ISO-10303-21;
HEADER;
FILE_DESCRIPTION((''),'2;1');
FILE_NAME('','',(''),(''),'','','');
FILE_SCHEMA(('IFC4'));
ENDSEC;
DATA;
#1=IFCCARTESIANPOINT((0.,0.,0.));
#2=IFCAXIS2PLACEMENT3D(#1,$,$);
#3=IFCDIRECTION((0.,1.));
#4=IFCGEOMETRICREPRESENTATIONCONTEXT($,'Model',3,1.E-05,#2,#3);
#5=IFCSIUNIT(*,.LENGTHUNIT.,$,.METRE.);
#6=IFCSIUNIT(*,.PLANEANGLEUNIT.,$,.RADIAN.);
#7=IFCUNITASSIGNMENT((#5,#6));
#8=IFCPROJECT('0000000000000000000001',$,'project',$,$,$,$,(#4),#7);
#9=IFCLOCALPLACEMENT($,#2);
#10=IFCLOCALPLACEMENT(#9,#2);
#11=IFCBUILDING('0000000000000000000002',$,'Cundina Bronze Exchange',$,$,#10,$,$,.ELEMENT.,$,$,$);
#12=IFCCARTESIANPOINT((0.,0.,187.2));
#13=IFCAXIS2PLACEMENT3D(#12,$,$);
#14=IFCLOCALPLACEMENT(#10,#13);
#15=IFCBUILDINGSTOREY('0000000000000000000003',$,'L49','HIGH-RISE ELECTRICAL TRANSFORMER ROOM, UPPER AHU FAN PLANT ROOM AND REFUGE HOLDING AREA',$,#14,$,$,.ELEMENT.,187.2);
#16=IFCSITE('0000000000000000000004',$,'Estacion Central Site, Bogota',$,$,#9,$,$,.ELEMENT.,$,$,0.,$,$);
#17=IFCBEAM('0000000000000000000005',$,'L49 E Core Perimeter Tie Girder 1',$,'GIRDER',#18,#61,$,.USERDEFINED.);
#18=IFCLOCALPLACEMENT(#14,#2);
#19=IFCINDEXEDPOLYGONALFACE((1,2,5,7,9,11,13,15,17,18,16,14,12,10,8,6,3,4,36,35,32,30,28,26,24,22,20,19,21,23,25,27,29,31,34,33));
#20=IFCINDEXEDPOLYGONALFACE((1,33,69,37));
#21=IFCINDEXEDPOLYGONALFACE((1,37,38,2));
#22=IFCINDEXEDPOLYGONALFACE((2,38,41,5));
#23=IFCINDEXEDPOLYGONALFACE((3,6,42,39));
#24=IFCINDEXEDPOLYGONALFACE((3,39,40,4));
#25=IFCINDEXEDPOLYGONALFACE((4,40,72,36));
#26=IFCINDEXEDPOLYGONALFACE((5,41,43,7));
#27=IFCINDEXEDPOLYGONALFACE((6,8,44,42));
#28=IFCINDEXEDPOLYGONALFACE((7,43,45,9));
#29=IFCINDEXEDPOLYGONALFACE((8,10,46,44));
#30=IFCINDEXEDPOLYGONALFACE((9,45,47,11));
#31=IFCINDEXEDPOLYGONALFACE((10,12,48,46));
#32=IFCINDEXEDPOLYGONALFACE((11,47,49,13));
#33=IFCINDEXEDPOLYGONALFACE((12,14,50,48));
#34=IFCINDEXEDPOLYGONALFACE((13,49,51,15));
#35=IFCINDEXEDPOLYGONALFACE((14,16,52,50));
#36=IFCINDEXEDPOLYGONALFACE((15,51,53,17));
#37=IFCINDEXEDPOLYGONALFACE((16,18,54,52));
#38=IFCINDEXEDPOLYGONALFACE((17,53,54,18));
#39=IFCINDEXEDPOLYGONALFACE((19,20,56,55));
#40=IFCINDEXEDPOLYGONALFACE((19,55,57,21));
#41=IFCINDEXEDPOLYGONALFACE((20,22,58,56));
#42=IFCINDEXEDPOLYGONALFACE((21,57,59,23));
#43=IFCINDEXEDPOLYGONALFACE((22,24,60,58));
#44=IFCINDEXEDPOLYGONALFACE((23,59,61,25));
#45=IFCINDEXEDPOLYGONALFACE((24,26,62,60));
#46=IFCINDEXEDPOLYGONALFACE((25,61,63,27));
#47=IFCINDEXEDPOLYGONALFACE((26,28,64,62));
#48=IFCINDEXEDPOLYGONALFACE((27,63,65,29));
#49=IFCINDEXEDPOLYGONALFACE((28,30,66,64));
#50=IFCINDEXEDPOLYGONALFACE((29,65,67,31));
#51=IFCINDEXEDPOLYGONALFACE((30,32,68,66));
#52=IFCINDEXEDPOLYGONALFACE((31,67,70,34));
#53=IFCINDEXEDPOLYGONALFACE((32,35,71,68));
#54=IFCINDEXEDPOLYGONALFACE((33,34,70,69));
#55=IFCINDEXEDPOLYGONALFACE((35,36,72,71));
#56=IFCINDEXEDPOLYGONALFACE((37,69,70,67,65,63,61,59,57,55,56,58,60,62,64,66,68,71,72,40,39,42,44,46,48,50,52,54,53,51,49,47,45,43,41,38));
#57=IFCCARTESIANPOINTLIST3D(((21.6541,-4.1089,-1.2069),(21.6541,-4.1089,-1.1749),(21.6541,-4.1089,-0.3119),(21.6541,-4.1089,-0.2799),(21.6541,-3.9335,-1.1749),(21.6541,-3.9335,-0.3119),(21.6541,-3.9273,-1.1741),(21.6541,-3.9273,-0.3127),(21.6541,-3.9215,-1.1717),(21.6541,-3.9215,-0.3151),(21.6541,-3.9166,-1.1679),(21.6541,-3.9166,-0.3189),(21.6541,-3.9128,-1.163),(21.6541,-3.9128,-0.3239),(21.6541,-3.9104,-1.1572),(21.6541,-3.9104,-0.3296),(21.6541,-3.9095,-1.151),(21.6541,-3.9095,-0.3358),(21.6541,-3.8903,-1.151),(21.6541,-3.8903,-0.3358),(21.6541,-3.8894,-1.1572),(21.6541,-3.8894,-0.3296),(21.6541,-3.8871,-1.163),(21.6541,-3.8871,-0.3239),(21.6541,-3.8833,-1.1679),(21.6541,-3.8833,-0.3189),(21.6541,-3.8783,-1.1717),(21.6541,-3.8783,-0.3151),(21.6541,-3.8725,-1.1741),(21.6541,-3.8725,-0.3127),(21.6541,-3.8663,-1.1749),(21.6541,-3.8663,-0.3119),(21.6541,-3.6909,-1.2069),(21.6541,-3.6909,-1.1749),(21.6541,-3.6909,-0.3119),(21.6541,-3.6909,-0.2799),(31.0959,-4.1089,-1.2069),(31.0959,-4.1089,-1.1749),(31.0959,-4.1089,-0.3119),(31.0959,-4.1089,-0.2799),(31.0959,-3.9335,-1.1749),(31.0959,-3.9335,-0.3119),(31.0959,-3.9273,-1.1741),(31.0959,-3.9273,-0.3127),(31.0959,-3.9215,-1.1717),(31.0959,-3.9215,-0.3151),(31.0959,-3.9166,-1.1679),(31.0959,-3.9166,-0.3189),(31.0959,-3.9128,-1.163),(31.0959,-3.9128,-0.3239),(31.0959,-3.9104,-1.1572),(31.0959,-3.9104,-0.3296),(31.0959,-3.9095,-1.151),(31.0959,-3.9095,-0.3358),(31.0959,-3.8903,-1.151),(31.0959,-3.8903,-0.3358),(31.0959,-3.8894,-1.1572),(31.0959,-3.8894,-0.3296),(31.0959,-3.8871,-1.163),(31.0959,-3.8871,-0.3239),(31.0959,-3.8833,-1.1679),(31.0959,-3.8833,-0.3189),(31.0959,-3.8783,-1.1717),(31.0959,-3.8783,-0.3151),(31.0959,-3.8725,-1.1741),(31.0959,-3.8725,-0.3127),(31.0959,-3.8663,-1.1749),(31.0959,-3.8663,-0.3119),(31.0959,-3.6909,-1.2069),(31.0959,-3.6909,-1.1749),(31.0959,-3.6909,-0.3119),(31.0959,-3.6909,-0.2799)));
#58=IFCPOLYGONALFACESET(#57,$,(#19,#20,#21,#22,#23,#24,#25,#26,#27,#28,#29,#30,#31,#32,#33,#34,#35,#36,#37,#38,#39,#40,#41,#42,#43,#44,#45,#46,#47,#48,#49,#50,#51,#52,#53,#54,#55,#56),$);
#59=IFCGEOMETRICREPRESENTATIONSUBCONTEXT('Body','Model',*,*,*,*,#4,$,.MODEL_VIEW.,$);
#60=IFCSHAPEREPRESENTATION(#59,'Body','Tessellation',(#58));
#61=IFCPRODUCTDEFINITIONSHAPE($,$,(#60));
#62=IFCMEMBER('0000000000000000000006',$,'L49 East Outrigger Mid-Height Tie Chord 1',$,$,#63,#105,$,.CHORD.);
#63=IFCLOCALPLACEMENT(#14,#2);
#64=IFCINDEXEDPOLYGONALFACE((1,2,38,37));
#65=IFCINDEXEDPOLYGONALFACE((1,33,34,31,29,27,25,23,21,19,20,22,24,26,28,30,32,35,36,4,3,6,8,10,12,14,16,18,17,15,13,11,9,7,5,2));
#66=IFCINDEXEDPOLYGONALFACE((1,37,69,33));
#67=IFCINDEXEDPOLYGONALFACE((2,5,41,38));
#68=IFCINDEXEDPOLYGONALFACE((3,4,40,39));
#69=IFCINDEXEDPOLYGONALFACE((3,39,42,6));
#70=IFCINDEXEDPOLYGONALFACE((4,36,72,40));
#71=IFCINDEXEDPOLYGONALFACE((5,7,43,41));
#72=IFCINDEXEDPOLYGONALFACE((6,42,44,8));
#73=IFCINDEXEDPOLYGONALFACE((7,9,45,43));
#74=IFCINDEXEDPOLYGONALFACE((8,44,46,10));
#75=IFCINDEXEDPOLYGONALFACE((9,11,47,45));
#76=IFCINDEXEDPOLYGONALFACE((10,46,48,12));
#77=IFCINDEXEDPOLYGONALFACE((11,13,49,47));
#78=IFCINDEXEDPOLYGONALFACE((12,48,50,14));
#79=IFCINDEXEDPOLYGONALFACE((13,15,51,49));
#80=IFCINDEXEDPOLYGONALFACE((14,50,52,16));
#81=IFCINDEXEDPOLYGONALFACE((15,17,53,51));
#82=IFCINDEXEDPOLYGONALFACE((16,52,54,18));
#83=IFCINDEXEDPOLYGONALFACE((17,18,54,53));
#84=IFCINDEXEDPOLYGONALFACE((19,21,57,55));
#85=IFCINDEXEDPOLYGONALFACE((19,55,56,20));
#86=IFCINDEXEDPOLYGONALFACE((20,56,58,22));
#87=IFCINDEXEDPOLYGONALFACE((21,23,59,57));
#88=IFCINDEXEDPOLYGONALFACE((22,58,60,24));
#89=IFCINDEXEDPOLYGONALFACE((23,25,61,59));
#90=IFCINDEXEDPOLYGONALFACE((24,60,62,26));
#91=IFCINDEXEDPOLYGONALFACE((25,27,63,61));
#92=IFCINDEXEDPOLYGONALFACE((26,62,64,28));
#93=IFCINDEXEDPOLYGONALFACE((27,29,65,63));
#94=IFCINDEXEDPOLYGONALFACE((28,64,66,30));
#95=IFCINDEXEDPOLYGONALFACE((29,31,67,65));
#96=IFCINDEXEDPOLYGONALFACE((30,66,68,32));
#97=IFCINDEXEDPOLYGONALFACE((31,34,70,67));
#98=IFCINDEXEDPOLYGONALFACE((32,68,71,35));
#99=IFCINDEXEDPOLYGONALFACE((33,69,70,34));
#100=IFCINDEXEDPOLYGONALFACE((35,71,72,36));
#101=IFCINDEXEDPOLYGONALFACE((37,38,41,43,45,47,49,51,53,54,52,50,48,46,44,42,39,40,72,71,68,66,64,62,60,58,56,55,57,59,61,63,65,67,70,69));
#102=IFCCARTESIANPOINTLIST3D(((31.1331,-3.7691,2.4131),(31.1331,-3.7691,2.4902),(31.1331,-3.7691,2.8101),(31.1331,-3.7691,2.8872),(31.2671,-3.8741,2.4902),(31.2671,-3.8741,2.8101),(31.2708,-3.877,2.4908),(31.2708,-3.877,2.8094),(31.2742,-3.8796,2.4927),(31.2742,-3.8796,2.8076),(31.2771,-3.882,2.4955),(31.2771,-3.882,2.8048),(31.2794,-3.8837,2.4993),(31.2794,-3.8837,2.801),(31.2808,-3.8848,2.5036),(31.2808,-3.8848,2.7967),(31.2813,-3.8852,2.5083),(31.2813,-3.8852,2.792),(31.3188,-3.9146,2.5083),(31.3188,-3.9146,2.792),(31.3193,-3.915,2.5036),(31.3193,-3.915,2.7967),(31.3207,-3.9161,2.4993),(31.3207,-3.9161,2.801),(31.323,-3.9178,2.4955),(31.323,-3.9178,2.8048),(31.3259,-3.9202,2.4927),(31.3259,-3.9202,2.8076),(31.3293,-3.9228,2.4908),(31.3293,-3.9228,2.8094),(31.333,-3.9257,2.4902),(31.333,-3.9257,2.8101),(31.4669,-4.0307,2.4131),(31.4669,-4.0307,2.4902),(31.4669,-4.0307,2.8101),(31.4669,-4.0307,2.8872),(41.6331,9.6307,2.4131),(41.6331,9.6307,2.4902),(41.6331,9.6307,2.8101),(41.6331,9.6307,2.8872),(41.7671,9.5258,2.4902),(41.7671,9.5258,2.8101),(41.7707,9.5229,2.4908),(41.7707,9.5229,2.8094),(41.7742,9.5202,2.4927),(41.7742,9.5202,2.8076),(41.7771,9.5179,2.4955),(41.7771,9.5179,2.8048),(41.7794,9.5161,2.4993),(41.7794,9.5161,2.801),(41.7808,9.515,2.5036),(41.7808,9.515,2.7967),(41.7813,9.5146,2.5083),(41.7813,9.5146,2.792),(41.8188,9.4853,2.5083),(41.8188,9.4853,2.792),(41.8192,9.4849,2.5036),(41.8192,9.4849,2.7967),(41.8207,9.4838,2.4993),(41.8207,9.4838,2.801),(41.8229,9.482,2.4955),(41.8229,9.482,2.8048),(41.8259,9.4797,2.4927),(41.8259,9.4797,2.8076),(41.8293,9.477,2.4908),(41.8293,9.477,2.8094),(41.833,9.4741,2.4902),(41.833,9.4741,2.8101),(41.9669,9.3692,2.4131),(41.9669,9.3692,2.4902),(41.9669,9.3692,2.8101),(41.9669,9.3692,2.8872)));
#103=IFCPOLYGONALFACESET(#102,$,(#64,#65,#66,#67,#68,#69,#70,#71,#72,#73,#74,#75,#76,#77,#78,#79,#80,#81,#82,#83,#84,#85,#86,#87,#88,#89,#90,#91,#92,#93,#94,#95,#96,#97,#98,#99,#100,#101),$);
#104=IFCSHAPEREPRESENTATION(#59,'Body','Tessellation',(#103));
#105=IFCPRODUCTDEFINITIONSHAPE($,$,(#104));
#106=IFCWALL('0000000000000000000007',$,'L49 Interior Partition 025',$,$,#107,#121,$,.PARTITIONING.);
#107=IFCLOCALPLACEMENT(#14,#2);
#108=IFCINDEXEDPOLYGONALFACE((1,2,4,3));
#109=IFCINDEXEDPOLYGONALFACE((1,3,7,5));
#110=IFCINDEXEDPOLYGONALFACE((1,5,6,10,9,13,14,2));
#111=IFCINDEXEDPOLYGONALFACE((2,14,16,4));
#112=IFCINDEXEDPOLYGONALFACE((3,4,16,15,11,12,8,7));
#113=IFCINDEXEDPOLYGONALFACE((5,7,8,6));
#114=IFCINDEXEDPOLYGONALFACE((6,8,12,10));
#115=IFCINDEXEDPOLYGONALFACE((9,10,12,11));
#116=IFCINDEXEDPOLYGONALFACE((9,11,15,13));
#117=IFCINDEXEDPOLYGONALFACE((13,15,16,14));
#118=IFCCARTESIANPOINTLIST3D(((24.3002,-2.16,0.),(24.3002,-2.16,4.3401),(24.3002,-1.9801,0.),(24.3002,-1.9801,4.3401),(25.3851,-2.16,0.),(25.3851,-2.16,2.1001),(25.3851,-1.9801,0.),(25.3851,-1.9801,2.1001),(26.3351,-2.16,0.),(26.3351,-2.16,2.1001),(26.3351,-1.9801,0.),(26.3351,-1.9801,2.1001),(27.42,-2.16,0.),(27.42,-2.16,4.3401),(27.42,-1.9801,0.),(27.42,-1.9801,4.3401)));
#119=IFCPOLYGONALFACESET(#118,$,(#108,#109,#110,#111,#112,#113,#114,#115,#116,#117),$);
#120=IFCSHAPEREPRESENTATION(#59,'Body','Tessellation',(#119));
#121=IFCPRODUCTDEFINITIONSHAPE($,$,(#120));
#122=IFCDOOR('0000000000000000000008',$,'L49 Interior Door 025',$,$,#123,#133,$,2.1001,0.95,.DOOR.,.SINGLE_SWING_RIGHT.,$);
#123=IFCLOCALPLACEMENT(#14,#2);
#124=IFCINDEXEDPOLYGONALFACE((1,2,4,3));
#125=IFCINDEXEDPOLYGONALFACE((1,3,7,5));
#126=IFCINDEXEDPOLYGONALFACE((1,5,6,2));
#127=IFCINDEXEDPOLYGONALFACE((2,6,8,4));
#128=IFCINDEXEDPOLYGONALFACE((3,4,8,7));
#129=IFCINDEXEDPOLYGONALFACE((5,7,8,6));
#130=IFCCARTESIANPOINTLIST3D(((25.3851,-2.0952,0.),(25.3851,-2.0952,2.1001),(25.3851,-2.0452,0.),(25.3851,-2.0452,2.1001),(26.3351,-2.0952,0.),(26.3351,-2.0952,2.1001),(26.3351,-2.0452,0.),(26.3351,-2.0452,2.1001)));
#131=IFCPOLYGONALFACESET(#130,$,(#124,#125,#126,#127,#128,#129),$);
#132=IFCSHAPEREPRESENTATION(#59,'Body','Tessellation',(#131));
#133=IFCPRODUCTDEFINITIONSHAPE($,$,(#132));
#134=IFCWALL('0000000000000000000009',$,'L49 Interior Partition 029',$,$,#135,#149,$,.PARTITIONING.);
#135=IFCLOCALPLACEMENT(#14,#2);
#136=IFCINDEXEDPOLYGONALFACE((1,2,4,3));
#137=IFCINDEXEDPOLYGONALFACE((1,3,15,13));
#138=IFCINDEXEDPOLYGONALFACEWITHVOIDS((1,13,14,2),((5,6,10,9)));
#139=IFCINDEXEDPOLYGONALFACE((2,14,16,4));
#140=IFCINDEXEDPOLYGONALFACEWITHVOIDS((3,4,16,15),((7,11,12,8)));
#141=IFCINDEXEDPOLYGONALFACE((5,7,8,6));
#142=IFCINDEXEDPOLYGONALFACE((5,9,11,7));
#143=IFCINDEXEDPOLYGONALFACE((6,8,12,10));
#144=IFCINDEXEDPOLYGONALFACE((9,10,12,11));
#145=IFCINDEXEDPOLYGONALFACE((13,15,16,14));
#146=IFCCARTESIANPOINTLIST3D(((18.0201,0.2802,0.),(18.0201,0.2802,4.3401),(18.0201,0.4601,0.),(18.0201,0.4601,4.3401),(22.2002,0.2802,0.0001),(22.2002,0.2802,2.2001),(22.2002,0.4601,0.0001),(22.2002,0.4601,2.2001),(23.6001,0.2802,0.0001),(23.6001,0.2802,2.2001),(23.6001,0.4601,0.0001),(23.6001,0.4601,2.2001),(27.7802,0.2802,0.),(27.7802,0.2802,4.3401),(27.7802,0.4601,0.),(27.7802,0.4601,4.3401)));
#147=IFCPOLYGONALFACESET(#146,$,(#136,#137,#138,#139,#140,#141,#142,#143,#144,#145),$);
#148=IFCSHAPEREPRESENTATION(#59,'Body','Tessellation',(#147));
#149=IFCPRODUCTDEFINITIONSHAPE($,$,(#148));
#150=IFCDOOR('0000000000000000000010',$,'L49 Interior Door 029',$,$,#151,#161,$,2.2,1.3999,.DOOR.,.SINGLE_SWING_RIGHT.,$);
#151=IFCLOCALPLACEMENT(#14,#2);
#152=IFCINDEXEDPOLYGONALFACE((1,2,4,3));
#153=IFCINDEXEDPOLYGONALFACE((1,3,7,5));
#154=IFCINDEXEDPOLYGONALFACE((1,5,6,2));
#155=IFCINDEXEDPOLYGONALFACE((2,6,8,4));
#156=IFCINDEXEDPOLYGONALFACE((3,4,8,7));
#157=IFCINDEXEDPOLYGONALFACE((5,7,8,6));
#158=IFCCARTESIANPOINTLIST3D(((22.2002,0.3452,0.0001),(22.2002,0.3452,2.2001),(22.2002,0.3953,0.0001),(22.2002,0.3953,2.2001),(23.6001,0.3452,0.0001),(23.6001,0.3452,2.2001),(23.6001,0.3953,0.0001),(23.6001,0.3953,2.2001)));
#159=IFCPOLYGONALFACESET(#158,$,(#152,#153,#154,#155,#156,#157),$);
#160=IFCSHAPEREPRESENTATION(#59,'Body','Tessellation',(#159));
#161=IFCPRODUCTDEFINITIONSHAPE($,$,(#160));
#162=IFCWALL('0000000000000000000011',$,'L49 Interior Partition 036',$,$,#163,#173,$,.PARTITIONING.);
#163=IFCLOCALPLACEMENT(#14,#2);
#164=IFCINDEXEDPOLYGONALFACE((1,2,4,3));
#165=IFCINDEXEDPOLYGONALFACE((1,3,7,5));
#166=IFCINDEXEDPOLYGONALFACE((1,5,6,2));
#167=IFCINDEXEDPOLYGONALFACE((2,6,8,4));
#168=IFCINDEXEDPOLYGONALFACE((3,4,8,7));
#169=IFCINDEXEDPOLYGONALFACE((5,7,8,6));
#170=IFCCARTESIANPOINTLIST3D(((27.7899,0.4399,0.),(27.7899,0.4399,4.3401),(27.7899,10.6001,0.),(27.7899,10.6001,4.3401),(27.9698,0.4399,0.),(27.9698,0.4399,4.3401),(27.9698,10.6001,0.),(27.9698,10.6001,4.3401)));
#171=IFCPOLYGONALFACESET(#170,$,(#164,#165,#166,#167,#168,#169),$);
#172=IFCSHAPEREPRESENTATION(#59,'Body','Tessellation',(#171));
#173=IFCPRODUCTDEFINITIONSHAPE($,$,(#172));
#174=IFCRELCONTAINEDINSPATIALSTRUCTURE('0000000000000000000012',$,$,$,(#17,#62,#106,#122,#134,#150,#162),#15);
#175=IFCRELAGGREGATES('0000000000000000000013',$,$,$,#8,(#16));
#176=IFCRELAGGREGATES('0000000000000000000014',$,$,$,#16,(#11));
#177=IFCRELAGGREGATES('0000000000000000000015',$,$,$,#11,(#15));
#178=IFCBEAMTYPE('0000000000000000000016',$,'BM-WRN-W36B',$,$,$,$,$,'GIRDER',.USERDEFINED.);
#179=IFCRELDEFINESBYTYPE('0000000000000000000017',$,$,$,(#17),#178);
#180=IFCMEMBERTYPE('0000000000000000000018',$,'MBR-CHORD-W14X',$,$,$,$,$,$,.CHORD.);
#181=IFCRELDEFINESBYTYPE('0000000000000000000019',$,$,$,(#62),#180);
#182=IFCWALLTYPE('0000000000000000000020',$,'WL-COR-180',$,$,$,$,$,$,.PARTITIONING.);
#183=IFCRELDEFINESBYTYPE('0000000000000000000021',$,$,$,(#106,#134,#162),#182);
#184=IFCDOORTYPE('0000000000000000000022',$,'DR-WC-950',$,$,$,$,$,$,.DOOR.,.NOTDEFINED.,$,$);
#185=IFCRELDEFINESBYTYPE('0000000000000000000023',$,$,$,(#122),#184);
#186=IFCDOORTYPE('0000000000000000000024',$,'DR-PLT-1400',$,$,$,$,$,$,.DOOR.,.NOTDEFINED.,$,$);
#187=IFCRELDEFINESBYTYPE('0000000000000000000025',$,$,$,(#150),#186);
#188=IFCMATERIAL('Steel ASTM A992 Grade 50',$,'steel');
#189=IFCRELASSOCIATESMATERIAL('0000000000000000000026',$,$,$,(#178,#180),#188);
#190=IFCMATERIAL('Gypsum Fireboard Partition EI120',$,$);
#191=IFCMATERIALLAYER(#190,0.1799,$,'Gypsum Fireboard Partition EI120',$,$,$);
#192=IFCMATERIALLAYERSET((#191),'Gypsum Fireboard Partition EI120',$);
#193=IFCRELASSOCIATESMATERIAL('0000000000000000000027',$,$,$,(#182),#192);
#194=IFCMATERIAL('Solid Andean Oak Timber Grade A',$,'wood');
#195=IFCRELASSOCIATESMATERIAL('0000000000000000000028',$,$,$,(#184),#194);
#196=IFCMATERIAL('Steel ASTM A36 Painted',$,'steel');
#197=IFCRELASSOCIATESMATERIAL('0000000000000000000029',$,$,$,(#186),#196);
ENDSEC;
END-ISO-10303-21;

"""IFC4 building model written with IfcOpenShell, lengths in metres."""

from ifc_helpers import new_model, si_unit, direction, frame, frame_2d, origin, origin_2d, place, context, subcontext, project, spatial, rectangle, i_section, extrude, material, layer, layer_set, material_profile, profile_set, type_object, element, fill, save


model = new_model("IFC4")

# Units and contexts
model_context = context("Model", 3, precision=1e-05, world=origin(), true_north=direction((0.0, 1.0)))
body_context = subcontext(model_context, "Body", "Model", "MODEL_VIEW")
ifc_project = project(units=[si_unit("LENGTHUNIT", "METRE"), si_unit("PLANEANGLEUNIT", "RADIAN")], contexts=[model_context])

# Site, building, storey
site_placement = place(None, origin())
site = spatial("IfcSite", under=ifc_project, at=site_placement, Name="Estacion Central Site, Bogota", CompositionType="ELEMENT", RefElevation=0.0)
building_placement = place(site_placement, origin())
building = spatial("IfcBuilding", under=site, at=building_placement, Name="Cundina Bronze Exchange", CompositionType="ELEMENT")
storey_placement = place(building_placement, frame((0.0, 0.0, 187.2)))
storey = spatial("IfcBuildingStorey", under=building, at=storey_placement, Name="L49", Description="HIGH-RISE ELECTRICAL TRANSFORMER ROOM, UPPER AHU FAN PLANT ROOM AND REFUGE HOLDING AREA", CompositionType="ELEMENT", Elevation=187.2)

# Shared definitions
ifc_material_1 = material(Name="Steel ASTM A992 Grade 50", Category="steel")

# Beam
ifc_material_profile_1 = material_profile(ifc_material_1, i_section(OverallWidth=0.418, OverallDepth=0.927, WebThickness=0.0193, FlangeThickness=0.032, FilletRadius=0.0239, at=origin_2d()), Name="W36X231", Category="steel")
ifc_profile_set_1 = profile_set([ifc_material_profile_1], Name="Steel ASTM A992 Grade 50")
beam_type_1 = type_object("IfcBeamType", Name="BM-WRN-W36B", ElementType="GIRDER", PredefinedType="USERDEFINED", material=ifc_profile_set_1)
beam_1_placement = place(storey_placement, frame((31.0959, -3.8999, -0.7434), z_axis=(-1.0, 0.0, 0.0), x_axis=(0.0, -1.0, 0.0)))
element("IfcBeam", 1, at=beam_1_placement, inside=storey, type_object=beam_type_1, Name="L49 E Core Perimeter Tie Girder 1", ObjectType="GIRDER", PredefinedType="USERDEFINED", context=body_context, shape_type="SweptSolid", body=[
    extrude(i_section(OverallWidth=0.418, OverallDepth=0.927, WebThickness=0.0193, FlangeThickness=0.032, FilletRadius=0.0239, at=origin_2d()), origin(), (0.0, 0.0, 1.0), 9.4419),
])

# Member
ifc_material_profile_2 = material_profile(ifc_material_1, i_section(OverallWidth=0.4241, OverallDepth=0.4741, WebThickness=0.0476, FlangeThickness=0.0771, FilletRadius=0.0181, at=origin_2d()), Name="W14X426", Category="steel")
ifc_profile_set_2 = profile_set([ifc_material_profile_2], Name="Steel ASTM A992 Grade 50")
member_type = type_object("IfcMemberType", Name="MBR-CHORD-W14X", PredefinedType="CHORD", material=ifc_profile_set_2)
member_placement = place(storey_placement, frame((31.3, -3.8999, 2.6501), z_axis=(0.616786, 0.787131, 0.0), x_axis=(-0.787131, 0.616786, 0.0)))
element("IfcMember", 2, at=member_placement, inside=storey, type_object=member_type, Name="L49 East Outrigger Mid-Height Tie Chord 1", PredefinedType="CHORD", context=body_context, shape_type="SweptSolid", body=[
    extrude(i_section(OverallWidth=0.4241, OverallDepth=0.4741, WebThickness=0.0476, FlangeThickness=0.0771, FilletRadius=0.0181, at=origin_2d()), origin(), (0.0, 0.0, 1.0), 17.0237),
])

# Walls, openings, doors
ifc_material_2 = material(Name="Gypsum Fireboard Partition EI120")
ifc_layer_1 = layer(ifc_material_2, 0.1799, Name="Gypsum Fireboard Partition EI120")
ifc_layer_set_1 = layer_set([ifc_layer_1], Name="Gypsum Fireboard Partition EI120")
wall_type_1 = type_object("IfcWallType", Name="WL-COR-180", PredefinedType="PARTITIONING", material=ifc_layer_set_1)
ifc_material_3 = material(Name="Steel ASTM A36 Painted", Category="steel")
wall_1_placement = place(storey_placement, frame((24.3, -2.0701, 0.0), z_axis=(0.0, 0.0, 1.0), x_axis=(1.0, 0.0, 0.0)))
wall_1 = element("IfcWall", 3, at=wall_1_placement, inside=storey, type_object=wall_type_1, Name="L49 Interior Partition 025", PredefinedType="PARTITIONING", context=body_context, shape_type="SweptSolid", body=[
    extrude(rectangle(XDim=3.1199, YDim=0.1799, at=frame_2d((1.5601, 0.0))), origin(), (0.0, 0.0, 1.0), 4.3401),
])
opening_1_placement = place(wall_1_placement, frame((1.085, 0.0, 0.0)))
opening_1 = element("IfcOpeningElement", 4, at=opening_1_placement, cuts=wall_1, PredefinedType="OPENING", context=body_context, shape_type="SweptSolid", body=[
    extrude(rectangle(XDim=0.95, YDim=2.1001, at=frame_2d((0.4751, 1.05))), frame((0.0, 0.0999, 0.0), z_axis=(0.0, -1.0, 0.0), x_axis=(1.0, 0.0, 0.0)), (0.0, 0.0, 1.0), 0.2),
])
ifc_material_4 = material(Name="Solid Andean Oak Timber Grade A", Category="wood")
door_type_1 = type_object("IfcDoorType", Name="DR-WC-950", OperationType="NOTDEFINED", PredefinedType="DOOR", material=ifc_material_4)
door_1_placement = place(opening_1_placement, origin())
door_1 = element("IfcDoor", 5, at=door_1_placement, inside=storey, type_object=door_type_1, Name="L49 Interior Door 025", OperationType="SINGLE_SWING_RIGHT", OverallHeight=2.1001, OverallWidth=0.95, PredefinedType="DOOR", context=body_context, shape_type="SweptSolid", body=[
    extrude(rectangle(XDim=0.95, YDim=2.1001, at=frame_2d((0.4751, 1.05))), frame((0.0, 0.0249, 0.0), z_axis=(0.0, -1.0, 0.0), x_axis=(1.0, 0.0, 0.0)), (0.0, 0.0, 1.0), 0.05),
])
fill(opening_1, door_1)
wall_2_placement = place(storey_placement, frame((27.78, 0.3701, 0.0), z_axis=(0.0, 0.0, 1.0), x_axis=(-1.0, 0.0, 0.0)))
wall_2 = element("IfcWall", 6, at=wall_2_placement, inside=storey, type_object=wall_type_1, Name="L49 Interior Partition 029", PredefinedType="PARTITIONING", context=body_context, shape_type="SweptSolid", body=[
    extrude(rectangle(XDim=9.76, YDim=0.1799, at=frame_2d((4.8799, 0.0))), origin(), (0.0, 0.0, 1.0), 4.3401),
])
opening_2_placement = place(wall_2_placement, frame((4.1799, 0.0, 0.0)))
opening_2 = element("IfcOpeningElement", 7, at=opening_2_placement, cuts=wall_2, PredefinedType="OPENING", context=body_context, shape_type="SweptSolid", body=[
    extrude(rectangle(XDim=1.3999, YDim=2.2, at=frame_2d((0.7, 1.1001))), frame((0.0, 0.0999, 0.0), z_axis=(0.0, -1.0, 0.0), x_axis=(1.0, 0.0, 0.0)), (0.0, 0.0, 1.0), 0.2),
])
door_type_2 = type_object("IfcDoorType", Name="DR-PLT-1400", OperationType="NOTDEFINED", PredefinedType="DOOR", material=ifc_material_3)
door_2_placement = place(opening_2_placement, origin())
door_2 = element("IfcDoor", 8, at=door_2_placement, inside=storey, type_object=door_type_2, Name="L49 Interior Door 029", OperationType="SINGLE_SWING_RIGHT", OverallHeight=2.2, OverallWidth=1.3999, PredefinedType="DOOR", context=body_context, shape_type="SweptSolid", body=[
    extrude(rectangle(XDim=1.3999, YDim=2.2, at=frame_2d((0.7, 1.1001))), frame((0.0, 0.0249, 0.0), z_axis=(0.0, -1.0, 0.0), x_axis=(1.0, 0.0, 0.0)), (0.0, 0.0, 1.0), 0.05),
])
fill(opening_2, door_2)

# Wall
wall_3_placement = place(storey_placement, frame((27.8799, 0.4399, 0.0), z_axis=(0.0, 0.0, 1.0), x_axis=(0.0, 1.0, 0.0)))
element("IfcWall", 9, at=wall_3_placement, inside=storey, type_object=wall_type_1, Name="L49 Interior Partition 036", PredefinedType="PARTITIONING", context=body_context, shape_type="SweptSolid", body=[
    extrude(rectangle(XDim=10.1602, YDim=0.1799, at=frame_2d((5.0801, 0.0))), origin(), (0.0, 0.0, 1.0), 4.3401),
])

save(model, "model.ifc")
